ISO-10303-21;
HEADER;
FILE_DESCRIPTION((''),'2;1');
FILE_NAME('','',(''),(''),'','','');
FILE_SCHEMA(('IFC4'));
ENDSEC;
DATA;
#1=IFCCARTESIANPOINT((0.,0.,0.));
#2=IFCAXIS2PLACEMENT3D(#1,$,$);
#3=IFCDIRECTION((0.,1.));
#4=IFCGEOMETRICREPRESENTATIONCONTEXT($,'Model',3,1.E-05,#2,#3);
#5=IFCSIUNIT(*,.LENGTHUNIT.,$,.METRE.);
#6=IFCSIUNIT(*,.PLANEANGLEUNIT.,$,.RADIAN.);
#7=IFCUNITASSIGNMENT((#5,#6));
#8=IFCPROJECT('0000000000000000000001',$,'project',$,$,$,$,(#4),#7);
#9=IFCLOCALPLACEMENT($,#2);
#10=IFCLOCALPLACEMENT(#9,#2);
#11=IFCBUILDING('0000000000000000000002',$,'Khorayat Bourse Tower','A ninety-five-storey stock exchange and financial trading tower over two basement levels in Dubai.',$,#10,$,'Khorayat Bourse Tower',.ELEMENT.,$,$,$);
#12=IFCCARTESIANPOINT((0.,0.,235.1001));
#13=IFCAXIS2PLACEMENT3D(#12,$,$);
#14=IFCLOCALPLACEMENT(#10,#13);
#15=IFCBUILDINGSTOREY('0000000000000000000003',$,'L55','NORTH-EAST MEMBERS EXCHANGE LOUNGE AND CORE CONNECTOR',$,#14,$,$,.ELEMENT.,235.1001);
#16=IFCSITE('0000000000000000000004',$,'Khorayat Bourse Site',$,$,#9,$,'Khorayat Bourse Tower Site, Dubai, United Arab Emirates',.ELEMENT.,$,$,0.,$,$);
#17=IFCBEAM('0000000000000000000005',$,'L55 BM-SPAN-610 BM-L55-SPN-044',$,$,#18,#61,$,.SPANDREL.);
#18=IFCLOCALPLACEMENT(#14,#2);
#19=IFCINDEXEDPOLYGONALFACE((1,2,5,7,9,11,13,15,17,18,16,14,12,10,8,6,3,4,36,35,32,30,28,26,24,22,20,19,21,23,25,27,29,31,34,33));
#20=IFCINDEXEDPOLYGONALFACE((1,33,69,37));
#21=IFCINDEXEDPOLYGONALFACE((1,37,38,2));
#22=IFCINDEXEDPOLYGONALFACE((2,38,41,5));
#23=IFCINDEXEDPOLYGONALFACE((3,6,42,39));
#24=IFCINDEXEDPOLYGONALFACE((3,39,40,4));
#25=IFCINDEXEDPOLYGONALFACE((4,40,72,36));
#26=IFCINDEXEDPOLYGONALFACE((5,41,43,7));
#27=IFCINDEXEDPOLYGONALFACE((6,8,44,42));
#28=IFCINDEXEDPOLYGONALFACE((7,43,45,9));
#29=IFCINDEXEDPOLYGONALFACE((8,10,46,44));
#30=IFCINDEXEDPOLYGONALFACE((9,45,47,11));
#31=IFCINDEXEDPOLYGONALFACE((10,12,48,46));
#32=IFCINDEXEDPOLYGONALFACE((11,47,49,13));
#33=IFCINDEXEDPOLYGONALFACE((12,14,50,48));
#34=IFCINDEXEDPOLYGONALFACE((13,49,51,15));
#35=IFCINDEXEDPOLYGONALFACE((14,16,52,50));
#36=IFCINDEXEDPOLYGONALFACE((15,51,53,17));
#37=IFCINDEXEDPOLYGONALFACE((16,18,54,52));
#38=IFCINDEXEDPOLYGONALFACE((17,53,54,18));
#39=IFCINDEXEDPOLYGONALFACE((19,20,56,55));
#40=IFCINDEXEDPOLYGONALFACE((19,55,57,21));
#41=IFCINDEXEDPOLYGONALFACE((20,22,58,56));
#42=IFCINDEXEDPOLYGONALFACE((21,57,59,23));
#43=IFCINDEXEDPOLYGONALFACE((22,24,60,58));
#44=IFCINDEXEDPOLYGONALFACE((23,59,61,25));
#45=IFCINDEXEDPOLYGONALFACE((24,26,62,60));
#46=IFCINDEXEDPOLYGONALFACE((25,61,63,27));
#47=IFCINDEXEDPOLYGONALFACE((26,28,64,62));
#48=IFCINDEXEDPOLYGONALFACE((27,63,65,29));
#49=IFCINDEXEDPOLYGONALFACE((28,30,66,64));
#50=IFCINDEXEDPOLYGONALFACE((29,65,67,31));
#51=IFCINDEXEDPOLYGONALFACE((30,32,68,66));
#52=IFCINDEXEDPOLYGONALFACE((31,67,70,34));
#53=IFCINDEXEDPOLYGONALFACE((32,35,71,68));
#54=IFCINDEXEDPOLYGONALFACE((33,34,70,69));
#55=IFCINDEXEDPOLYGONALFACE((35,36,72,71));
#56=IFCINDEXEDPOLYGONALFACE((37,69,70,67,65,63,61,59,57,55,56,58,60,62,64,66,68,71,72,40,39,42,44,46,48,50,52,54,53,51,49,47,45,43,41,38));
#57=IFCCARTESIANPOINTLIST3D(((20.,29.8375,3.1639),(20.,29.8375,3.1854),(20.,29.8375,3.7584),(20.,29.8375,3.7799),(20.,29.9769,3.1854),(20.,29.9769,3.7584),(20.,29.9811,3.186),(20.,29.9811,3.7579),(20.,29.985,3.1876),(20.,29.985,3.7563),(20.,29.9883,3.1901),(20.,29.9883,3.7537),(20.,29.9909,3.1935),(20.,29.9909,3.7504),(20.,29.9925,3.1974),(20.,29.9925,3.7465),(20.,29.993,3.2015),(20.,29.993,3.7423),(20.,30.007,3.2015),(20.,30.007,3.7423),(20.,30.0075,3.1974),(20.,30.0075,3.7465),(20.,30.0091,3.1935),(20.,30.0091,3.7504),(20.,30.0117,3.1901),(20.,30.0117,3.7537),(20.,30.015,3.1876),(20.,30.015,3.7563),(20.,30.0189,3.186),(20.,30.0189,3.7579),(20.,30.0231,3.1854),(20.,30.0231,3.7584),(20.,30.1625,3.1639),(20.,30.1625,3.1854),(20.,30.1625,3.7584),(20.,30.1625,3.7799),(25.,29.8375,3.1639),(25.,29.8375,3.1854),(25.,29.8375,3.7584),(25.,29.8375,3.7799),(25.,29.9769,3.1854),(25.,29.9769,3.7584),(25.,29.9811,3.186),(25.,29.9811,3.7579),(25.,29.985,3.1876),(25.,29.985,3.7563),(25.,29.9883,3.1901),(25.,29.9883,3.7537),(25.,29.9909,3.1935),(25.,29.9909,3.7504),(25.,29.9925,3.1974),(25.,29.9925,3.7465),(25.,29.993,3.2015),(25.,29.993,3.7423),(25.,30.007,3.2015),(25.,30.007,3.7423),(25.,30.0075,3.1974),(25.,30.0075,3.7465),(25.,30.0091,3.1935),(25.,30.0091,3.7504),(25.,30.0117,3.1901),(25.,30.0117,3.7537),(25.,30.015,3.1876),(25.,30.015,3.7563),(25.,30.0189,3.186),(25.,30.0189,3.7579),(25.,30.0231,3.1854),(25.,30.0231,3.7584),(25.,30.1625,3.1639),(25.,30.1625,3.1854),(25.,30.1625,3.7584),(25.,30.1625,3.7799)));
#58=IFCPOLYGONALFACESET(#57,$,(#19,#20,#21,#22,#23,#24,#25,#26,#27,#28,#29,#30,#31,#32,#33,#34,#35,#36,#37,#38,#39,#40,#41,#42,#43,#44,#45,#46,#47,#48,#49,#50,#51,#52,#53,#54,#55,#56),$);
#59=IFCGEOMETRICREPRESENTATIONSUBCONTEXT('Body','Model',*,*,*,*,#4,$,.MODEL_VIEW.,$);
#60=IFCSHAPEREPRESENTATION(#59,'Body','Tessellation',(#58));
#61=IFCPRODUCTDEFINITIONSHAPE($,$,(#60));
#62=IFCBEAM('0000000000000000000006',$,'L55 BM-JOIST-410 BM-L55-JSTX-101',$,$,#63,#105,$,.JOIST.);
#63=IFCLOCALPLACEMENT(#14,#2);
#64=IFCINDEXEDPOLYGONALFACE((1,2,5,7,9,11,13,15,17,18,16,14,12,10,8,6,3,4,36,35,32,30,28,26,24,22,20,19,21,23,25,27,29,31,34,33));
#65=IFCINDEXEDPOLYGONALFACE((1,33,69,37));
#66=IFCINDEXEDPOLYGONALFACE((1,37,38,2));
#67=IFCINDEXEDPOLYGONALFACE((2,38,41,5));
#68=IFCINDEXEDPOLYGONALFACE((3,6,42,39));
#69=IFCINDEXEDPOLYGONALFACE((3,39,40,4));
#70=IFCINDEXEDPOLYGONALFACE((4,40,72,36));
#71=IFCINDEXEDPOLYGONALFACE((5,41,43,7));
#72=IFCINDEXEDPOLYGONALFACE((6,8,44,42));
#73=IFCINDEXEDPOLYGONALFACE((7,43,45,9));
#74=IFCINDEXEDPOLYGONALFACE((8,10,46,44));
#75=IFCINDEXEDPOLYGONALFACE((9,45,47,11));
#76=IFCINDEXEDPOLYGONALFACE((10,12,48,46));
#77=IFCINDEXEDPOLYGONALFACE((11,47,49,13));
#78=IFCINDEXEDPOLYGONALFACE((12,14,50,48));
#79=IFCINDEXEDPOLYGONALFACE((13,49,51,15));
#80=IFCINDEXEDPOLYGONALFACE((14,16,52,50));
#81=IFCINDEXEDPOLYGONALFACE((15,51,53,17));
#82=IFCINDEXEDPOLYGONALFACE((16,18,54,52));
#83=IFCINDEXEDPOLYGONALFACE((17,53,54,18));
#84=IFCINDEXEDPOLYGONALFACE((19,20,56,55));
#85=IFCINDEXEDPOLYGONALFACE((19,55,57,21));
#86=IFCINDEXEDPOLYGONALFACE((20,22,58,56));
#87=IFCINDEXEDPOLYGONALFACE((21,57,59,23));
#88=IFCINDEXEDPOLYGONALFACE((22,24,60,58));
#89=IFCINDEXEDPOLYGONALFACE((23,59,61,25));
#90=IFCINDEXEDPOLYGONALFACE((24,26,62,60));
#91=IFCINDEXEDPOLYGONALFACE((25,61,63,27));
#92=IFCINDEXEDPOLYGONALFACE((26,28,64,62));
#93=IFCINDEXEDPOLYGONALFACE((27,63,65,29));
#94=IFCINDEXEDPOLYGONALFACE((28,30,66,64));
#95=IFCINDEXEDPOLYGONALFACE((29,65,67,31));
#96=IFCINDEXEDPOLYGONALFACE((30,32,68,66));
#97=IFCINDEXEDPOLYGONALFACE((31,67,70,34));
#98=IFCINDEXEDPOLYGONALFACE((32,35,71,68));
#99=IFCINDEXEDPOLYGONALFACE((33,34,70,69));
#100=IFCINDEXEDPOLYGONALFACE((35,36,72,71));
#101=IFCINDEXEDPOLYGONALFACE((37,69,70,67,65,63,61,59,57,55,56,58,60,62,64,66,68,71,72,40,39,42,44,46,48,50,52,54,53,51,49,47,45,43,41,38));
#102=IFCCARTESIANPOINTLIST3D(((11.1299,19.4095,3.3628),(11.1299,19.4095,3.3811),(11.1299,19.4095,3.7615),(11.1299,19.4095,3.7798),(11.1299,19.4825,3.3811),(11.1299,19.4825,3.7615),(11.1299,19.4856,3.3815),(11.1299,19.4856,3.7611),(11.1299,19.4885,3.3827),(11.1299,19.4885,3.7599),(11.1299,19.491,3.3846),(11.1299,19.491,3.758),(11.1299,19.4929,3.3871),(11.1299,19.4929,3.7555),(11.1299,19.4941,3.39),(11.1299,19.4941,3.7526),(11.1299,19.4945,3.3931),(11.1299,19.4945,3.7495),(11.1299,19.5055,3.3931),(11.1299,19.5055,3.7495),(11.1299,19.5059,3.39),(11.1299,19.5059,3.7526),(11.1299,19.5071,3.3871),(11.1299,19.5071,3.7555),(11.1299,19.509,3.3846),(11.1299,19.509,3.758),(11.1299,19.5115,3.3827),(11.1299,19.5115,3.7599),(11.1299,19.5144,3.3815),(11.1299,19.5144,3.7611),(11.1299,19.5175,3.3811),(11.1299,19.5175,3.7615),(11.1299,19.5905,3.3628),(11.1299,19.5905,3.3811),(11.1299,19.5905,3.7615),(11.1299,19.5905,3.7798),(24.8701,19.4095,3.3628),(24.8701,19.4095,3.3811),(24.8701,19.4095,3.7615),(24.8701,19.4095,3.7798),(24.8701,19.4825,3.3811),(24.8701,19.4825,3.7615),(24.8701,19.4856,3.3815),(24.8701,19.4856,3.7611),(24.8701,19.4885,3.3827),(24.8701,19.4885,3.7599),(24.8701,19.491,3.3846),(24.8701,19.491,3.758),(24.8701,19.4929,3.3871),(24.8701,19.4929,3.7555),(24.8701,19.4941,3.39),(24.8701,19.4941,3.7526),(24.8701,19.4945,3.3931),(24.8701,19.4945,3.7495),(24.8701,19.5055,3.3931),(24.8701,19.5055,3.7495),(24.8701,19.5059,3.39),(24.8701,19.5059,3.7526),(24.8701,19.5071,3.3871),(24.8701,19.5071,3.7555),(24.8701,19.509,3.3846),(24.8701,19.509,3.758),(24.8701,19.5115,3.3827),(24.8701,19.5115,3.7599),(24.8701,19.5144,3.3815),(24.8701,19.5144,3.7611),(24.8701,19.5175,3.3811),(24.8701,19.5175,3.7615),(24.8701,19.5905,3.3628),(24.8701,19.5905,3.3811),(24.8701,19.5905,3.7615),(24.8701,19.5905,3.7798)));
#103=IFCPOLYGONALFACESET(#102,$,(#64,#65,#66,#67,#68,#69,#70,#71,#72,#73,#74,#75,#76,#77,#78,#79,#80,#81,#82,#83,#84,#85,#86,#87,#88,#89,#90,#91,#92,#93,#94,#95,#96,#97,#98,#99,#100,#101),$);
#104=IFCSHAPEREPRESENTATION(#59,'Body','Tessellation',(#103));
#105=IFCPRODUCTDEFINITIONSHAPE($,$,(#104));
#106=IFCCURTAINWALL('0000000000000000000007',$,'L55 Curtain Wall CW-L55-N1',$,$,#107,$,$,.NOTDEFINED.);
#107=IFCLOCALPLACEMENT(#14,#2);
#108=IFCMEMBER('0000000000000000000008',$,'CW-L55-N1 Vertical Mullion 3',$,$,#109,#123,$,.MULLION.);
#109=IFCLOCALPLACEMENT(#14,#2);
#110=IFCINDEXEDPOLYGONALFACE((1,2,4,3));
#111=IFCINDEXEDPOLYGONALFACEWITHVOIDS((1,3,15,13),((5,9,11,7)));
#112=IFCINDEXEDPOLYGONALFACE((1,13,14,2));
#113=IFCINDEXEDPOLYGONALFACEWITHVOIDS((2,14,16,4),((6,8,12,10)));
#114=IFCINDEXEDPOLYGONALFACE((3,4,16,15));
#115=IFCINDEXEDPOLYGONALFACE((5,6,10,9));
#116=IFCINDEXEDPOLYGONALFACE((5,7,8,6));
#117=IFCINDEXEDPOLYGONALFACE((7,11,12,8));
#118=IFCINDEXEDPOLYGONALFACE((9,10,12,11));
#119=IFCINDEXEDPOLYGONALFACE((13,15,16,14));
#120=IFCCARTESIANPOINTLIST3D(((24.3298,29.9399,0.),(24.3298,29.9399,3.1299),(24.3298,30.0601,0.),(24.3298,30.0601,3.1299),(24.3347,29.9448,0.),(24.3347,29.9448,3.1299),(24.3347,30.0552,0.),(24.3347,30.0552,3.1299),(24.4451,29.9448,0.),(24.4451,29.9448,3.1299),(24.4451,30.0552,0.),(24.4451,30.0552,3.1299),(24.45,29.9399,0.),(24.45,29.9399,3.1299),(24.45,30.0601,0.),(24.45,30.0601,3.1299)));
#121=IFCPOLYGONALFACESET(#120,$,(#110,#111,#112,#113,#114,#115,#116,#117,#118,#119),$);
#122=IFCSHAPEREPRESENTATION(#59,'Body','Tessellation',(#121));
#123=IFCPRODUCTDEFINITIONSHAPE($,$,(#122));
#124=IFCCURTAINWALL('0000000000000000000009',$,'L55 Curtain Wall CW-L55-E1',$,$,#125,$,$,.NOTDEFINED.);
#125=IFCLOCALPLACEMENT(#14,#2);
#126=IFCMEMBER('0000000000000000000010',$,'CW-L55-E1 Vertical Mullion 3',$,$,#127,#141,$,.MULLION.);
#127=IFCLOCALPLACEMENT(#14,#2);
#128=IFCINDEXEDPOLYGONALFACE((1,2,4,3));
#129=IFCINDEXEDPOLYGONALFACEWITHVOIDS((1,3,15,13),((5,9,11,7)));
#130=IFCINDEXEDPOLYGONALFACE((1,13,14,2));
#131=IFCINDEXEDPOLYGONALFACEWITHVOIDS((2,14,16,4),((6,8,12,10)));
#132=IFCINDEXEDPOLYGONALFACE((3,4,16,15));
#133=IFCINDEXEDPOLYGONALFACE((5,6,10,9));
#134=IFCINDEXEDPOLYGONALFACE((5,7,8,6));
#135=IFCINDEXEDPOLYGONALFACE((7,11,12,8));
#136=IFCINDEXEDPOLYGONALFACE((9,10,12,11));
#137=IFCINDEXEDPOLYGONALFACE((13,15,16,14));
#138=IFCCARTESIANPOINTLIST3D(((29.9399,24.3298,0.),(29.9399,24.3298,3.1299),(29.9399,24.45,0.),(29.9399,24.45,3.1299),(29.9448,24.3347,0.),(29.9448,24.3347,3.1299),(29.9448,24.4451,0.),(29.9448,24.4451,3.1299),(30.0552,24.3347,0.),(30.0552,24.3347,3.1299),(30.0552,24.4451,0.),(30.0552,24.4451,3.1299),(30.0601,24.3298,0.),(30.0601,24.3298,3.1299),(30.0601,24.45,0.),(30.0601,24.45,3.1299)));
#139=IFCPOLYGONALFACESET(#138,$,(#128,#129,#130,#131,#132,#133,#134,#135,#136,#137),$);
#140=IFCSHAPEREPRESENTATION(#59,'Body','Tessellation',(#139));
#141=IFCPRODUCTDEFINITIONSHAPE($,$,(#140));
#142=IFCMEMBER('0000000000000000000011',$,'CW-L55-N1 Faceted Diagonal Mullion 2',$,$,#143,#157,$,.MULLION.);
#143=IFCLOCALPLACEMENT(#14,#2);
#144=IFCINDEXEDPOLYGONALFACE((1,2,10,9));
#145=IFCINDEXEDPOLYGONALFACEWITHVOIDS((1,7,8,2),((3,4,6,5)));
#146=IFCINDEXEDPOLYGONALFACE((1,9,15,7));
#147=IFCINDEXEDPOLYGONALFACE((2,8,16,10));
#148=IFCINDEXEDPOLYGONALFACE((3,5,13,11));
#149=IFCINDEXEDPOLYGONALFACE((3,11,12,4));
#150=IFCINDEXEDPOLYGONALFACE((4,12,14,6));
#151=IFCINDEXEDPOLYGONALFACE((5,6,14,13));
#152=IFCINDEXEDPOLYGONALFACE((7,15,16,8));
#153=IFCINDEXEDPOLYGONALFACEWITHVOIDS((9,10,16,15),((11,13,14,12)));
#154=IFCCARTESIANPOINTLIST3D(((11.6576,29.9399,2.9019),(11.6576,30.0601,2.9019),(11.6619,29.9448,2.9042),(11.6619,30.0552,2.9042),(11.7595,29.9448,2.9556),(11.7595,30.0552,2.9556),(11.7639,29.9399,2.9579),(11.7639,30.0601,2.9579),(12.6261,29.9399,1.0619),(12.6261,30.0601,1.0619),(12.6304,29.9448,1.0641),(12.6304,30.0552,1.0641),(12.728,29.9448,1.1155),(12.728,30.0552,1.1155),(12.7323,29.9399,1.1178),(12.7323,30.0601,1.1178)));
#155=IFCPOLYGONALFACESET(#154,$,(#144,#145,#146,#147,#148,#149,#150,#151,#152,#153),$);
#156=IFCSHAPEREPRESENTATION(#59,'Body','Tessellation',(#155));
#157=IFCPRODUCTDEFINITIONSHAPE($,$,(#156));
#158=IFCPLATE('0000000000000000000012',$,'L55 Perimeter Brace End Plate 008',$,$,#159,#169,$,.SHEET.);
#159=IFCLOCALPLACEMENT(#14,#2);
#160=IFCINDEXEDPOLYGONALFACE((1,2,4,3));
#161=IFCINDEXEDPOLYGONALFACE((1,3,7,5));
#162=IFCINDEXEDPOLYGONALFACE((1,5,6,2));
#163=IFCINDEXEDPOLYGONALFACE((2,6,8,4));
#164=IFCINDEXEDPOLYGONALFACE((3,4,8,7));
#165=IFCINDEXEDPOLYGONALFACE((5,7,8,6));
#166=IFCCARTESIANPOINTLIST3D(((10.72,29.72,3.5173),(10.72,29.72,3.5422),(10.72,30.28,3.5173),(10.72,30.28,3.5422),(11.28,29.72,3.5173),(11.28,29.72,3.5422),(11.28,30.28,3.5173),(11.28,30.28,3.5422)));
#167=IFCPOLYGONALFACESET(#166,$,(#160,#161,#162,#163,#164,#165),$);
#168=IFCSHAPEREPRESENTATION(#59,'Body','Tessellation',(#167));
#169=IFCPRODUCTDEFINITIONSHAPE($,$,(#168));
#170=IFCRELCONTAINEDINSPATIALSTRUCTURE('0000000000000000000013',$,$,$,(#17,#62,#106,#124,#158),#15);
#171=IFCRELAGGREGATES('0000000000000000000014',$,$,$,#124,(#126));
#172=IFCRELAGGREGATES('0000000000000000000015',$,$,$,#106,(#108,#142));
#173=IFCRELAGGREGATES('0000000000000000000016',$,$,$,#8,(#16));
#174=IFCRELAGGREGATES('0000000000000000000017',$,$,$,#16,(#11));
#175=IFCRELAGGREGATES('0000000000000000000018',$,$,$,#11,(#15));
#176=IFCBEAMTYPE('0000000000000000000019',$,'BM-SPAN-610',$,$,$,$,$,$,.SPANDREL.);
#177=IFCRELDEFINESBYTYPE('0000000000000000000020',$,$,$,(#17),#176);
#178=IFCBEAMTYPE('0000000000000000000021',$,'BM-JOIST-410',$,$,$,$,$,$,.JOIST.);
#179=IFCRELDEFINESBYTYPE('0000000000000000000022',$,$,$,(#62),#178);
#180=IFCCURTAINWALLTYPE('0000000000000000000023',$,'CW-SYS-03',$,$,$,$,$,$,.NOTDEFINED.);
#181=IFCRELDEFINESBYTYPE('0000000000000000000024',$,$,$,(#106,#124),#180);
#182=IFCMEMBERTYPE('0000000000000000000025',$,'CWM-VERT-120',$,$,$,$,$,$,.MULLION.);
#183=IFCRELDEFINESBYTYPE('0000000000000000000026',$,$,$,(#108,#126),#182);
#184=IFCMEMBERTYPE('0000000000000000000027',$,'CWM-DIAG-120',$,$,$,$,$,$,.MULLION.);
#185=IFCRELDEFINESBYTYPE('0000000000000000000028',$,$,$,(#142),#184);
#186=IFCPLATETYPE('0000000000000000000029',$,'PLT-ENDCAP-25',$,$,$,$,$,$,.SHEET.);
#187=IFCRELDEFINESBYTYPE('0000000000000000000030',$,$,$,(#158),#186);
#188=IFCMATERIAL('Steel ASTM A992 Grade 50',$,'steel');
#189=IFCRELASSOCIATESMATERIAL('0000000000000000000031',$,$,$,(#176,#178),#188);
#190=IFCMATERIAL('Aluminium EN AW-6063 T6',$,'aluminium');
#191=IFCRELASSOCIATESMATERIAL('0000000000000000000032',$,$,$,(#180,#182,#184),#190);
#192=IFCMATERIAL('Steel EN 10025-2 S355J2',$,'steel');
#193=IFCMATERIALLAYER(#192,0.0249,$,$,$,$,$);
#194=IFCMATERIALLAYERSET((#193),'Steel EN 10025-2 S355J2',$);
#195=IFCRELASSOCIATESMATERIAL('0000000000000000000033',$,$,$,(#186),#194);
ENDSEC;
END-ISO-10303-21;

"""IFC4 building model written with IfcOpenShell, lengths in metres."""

from ifc_helpers import new_model, si_unit, direction, frame, origin, origin_2d, place, context, subcontext, project, spatial, rectangle, hollow_rectangle, i_section, extrude, source, transform, mapped, material, layer, layer_set, material_profile, profile_set, type_object, element, aggregate, save


model = new_model("IFC4")

# Units and contexts
model_context = context("Model", 3, precision=1e-05, world=origin(), true_north=direction((0.0, 1.0)))
body_context = subcontext(model_context, "Body", "Model", "MODEL_VIEW")
ifc_project = project(units=[si_unit("LENGTHUNIT", "METRE"), si_unit("PLANEANGLEUNIT", "RADIAN")], contexts=[model_context])

# Site, building, storey
site_placement = place(None, origin())
site = spatial("IfcSite", under=ifc_project, at=site_placement, Name="Khorayat Bourse Site", LongName="Khorayat Bourse Tower Site, Dubai, United Arab Emirates", CompositionType="ELEMENT", RefElevation=0.0)
building_placement = place(site_placement, origin())
building = spatial("IfcBuilding", under=site, at=building_placement, Name="Khorayat Bourse Tower", Description="A ninety-five-storey stock exchange and financial trading tower over two basement levels in Dubai.", LongName="Khorayat Bourse Tower", CompositionType="ELEMENT")
storey_placement = place(building_placement, frame((0.0, 0.0, 235.1001)))
storey = spatial("IfcBuildingStorey", under=building, at=storey_placement, Name="L55", Description="NORTH-EAST MEMBERS EXCHANGE LOUNGE AND CORE CONNECTOR", CompositionType="ELEMENT", Elevation=235.1001)

# Beams
ifc_material_1 = material(Name="Steel ASTM A992 Grade 50", Category="steel")
ifc_material_profile_1 = material_profile(ifc_material_1, i_section(OverallWidth=0.325, OverallDepth=0.616, WebThickness=0.0139, FlangeThickness=0.0215, FilletRadius=0.0161, at=origin_2d()), Name="W610X174")
ifc_profile_set_1 = profile_set([ifc_material_profile_1], Name="Steel ASTM A992 Grade 50")
beam_type_1 = type_object("IfcBeamType", Name="BM-SPAN-610", PredefinedType="SPANDREL", material=ifc_profile_set_1)
shared_shape_1 = source(origin(), body_context, "Body", "SweptSolid", [
    extrude(i_section(OverallWidth=0.325, OverallDepth=0.616, WebThickness=0.0139, FlangeThickness=0.0215, FilletRadius=0.0161, at=origin_2d()), origin(), (0.0, 0.0, 1.0), 5.0),
])
for number, where, z_axis, x_axis, name in (
    (1, (20.0, 30.0, 3.4719), (1.0, 0.0, 0.0), (0.0, 1.0, 0.0), "L55 BM-SPAN-610 BM-L55-SPN-044"),
):
    element("IfcBeam", number, at=place(storey_placement, frame(where, z_axis=z_axis, x_axis=x_axis)), inside=storey, type_object=beam_type_1, Name=name, PredefinedType="SPANDREL", context=body_context, shape_type="MappedRepresentation", body=[
        mapped(shared_shape_1, transform((0.0, 0.0, 0.0), scale=1.0)),
    ])
ifc_material_profile_2 = material_profile(ifc_material_1, i_section(OverallWidth=0.1809, OverallDepth=0.417, WebThickness=0.011, FlangeThickness=0.0183, FilletRadius=0.012, at=origin_2d()), Name="W410X85")
ifc_profile_set_2 = profile_set([ifc_material_profile_2], Name="Steel ASTM A992 Grade 50")
beam_type_2 = type_object("IfcBeamType", Name="BM-JOIST-410", PredefinedType="JOIST", material=ifc_profile_set_2)
shared_shape_2 = source(origin(), body_context, "Body", "SweptSolid", [
    extrude(i_section(OverallWidth=0.1809, OverallDepth=0.417, WebThickness=0.011, FlangeThickness=0.0183, FilletRadius=0.012, at=origin_2d()), origin(), (0.0, 0.0, 1.0), 13.7402),
])
beam_1_placement = place(storey_placement, frame((11.1299, 19.5, 3.5713), z_axis=(1.0, 0.0, 0.0), x_axis=(0.0, 1.0, 0.0)))
element("IfcBeam", 2, at=beam_1_placement, inside=storey, type_object=beam_type_2, Name="L55 BM-JOIST-410 BM-L55-JSTX-101", PredefinedType="JOIST", context=body_context, shape_type="MappedRepresentation", body=[
    mapped(shared_shape_2, transform((0.0, 0.0, 0.0), scale=1.0)),
])

# Curtain walls, members
ifc_material_2 = material(Name="Aluminium EN AW-6063 T6", Category="aluminium")
curtain_wall_type = type_object("IfcCurtainWallType", Name="CW-SYS-03", PredefinedType="NOTDEFINED", material=ifc_material_2)
curtain_wall_1_placement = place(storey_placement, origin())
curtain_wall_1 = element("IfcCurtainWall", 3, at=curtain_wall_1_placement, inside=storey, type_object=curtain_wall_type, Name="L55 Curtain Wall CW-L55-N1", PredefinedType="NOTDEFINED")
ifc_material_profile_3 = material_profile(ifc_material_2, hollow_rectangle(XDim=0.1201, YDim=0.1201, WallThickness=0.0049, at=origin_2d()), Name="ALU 120x120x5")
ifc_profile_set_3 = profile_set([ifc_material_profile_3], Name="Aluminium EN AW-6063 T6")
member_type_1 = type_object("IfcMemberType", Name="CWM-VERT-120", PredefinedType="MULLION", material=ifc_profile_set_3)
shared_shape_3 = source(origin(), body_context, "Body", "SweptSolid", [
    extrude(hollow_rectangle(XDim=0.1201, YDim=0.1201, WallThickness=0.0049, at=origin_2d()), origin(), (0.0, 0.0, 1.0), 3.1299),
])
member_1_placement = place(storey_placement, frame((24.3899, 30.0, 0.0), z_axis=(0.0, 0.0, 1.0), x_axis=(0.0, 1.0, 0.0)))
member_1 = element("IfcMember", 4, at=member_1_placement, type_object=member_type_1, Name="CW-L55-N1 Vertical Mullion 3", PredefinedType="MULLION", context=body_context, shape_type="MappedRepresentation", body=[
    mapped(shared_shape_3, transform((0.0, 0.0, 0.0), scale=1.0)),
])
curtain_wall_2_placement = place(storey_placement, origin())
curtain_wall_2 = element("IfcCurtainWall", 5, at=curtain_wall_2_placement, inside=storey, type_object=curtain_wall_type, Name="L55 Curtain Wall CW-L55-E1", PredefinedType="NOTDEFINED")
member_2_placement = place(storey_placement, frame((30.0, 24.3899, 0.0), z_axis=(0.0, 0.0, 1.0), x_axis=(-1.0, 0.0, 0.0)))
member_2 = element("IfcMember", 6, at=member_2_placement, type_object=member_type_1, Name="CW-L55-E1 Vertical Mullion 3", PredefinedType="MULLION", context=body_context, shape_type="MappedRepresentation", body=[
    mapped(shared_shape_3, transform((0.0, 0.0, 0.0), scale=1.0)),
])
aggregate(curtain_wall_2, [member_2])

# Member
ifc_material_profile_4 = material_profile(ifc_material_2, hollow_rectangle(XDim=0.1201, YDim=0.1201, WallThickness=0.0049, at=origin_2d()), Name="ALU 120x120x5")
ifc_profile_set_4 = profile_set([ifc_material_profile_4], Name="Aluminium EN AW-6063 T6")
member_type_2 = type_object("IfcMemberType", Name="CWM-DIAG-120", PredefinedType="MULLION", material=ifc_profile_set_4)
shared_shape_4 = source(origin(), body_context, "Body", "SweptSolid", [
    extrude(hollow_rectangle(XDim=0.1201, YDim=0.1201, WallThickness=0.0049, at=origin_2d()), origin(), (0.0, 0.0, 1.0), 2.0793),
])
member_3_placement = place(storey_placement, frame((12.6792, 30.0, 1.0898), z_axis=(-0.465761, 0.0, 0.884911), x_axis=(0.0, -1.0, 0.0)))
member_3 = element("IfcMember", 7, at=member_3_placement, type_object=member_type_2, Name="CW-L55-N1 Faceted Diagonal Mullion 2", PredefinedType="MULLION", context=body_context, shape_type="MappedRepresentation", body=[
    mapped(shared_shape_4, transform((0.0, 0.0, 0.0), scale=1.0)),
])

# Plate
ifc_material_3 = material(Name="Steel EN 10025-2 S355J2", Category="steel")
ifc_layer_1 = layer(ifc_material_3, 0.0249)
ifc_layer_set_1 = layer_set([ifc_layer_1], Name="Steel EN 10025-2 S355J2")
plate_type_1 = type_object("IfcPlateType", Name="PLT-ENDCAP-25", PredefinedType="SHEET", material=ifc_layer_set_1)
shared_shape_5 = source(origin(), body_context, "Body", "SweptSolid", [
    extrude(rectangle(XDim=0.5601, YDim=0.5601, at=origin_2d()), origin(), (0.0, 0.0, 1.0), 0.0249),
])
plate_1_placement = place(storey_placement, frame((11.0, 30.0, 3.5173), z_axis=(0.0, 0.0, 1.0), x_axis=(1.0, 0.0, 0.0)))
element("IfcPlate", 8, at=plate_1_placement, inside=storey, type_object=plate_type_1, Name="L55 Perimeter Brace End Plate 008", PredefinedType="SHEET", context=body_context, shape_type="MappedRepresentation", body=[
    mapped(shared_shape_5, transform((0.0, 0.0, 0.0), scale=1.0)),
])
aggregate(curtain_wall_1, [member_1, member_3])

save(model, "model.ifc")
